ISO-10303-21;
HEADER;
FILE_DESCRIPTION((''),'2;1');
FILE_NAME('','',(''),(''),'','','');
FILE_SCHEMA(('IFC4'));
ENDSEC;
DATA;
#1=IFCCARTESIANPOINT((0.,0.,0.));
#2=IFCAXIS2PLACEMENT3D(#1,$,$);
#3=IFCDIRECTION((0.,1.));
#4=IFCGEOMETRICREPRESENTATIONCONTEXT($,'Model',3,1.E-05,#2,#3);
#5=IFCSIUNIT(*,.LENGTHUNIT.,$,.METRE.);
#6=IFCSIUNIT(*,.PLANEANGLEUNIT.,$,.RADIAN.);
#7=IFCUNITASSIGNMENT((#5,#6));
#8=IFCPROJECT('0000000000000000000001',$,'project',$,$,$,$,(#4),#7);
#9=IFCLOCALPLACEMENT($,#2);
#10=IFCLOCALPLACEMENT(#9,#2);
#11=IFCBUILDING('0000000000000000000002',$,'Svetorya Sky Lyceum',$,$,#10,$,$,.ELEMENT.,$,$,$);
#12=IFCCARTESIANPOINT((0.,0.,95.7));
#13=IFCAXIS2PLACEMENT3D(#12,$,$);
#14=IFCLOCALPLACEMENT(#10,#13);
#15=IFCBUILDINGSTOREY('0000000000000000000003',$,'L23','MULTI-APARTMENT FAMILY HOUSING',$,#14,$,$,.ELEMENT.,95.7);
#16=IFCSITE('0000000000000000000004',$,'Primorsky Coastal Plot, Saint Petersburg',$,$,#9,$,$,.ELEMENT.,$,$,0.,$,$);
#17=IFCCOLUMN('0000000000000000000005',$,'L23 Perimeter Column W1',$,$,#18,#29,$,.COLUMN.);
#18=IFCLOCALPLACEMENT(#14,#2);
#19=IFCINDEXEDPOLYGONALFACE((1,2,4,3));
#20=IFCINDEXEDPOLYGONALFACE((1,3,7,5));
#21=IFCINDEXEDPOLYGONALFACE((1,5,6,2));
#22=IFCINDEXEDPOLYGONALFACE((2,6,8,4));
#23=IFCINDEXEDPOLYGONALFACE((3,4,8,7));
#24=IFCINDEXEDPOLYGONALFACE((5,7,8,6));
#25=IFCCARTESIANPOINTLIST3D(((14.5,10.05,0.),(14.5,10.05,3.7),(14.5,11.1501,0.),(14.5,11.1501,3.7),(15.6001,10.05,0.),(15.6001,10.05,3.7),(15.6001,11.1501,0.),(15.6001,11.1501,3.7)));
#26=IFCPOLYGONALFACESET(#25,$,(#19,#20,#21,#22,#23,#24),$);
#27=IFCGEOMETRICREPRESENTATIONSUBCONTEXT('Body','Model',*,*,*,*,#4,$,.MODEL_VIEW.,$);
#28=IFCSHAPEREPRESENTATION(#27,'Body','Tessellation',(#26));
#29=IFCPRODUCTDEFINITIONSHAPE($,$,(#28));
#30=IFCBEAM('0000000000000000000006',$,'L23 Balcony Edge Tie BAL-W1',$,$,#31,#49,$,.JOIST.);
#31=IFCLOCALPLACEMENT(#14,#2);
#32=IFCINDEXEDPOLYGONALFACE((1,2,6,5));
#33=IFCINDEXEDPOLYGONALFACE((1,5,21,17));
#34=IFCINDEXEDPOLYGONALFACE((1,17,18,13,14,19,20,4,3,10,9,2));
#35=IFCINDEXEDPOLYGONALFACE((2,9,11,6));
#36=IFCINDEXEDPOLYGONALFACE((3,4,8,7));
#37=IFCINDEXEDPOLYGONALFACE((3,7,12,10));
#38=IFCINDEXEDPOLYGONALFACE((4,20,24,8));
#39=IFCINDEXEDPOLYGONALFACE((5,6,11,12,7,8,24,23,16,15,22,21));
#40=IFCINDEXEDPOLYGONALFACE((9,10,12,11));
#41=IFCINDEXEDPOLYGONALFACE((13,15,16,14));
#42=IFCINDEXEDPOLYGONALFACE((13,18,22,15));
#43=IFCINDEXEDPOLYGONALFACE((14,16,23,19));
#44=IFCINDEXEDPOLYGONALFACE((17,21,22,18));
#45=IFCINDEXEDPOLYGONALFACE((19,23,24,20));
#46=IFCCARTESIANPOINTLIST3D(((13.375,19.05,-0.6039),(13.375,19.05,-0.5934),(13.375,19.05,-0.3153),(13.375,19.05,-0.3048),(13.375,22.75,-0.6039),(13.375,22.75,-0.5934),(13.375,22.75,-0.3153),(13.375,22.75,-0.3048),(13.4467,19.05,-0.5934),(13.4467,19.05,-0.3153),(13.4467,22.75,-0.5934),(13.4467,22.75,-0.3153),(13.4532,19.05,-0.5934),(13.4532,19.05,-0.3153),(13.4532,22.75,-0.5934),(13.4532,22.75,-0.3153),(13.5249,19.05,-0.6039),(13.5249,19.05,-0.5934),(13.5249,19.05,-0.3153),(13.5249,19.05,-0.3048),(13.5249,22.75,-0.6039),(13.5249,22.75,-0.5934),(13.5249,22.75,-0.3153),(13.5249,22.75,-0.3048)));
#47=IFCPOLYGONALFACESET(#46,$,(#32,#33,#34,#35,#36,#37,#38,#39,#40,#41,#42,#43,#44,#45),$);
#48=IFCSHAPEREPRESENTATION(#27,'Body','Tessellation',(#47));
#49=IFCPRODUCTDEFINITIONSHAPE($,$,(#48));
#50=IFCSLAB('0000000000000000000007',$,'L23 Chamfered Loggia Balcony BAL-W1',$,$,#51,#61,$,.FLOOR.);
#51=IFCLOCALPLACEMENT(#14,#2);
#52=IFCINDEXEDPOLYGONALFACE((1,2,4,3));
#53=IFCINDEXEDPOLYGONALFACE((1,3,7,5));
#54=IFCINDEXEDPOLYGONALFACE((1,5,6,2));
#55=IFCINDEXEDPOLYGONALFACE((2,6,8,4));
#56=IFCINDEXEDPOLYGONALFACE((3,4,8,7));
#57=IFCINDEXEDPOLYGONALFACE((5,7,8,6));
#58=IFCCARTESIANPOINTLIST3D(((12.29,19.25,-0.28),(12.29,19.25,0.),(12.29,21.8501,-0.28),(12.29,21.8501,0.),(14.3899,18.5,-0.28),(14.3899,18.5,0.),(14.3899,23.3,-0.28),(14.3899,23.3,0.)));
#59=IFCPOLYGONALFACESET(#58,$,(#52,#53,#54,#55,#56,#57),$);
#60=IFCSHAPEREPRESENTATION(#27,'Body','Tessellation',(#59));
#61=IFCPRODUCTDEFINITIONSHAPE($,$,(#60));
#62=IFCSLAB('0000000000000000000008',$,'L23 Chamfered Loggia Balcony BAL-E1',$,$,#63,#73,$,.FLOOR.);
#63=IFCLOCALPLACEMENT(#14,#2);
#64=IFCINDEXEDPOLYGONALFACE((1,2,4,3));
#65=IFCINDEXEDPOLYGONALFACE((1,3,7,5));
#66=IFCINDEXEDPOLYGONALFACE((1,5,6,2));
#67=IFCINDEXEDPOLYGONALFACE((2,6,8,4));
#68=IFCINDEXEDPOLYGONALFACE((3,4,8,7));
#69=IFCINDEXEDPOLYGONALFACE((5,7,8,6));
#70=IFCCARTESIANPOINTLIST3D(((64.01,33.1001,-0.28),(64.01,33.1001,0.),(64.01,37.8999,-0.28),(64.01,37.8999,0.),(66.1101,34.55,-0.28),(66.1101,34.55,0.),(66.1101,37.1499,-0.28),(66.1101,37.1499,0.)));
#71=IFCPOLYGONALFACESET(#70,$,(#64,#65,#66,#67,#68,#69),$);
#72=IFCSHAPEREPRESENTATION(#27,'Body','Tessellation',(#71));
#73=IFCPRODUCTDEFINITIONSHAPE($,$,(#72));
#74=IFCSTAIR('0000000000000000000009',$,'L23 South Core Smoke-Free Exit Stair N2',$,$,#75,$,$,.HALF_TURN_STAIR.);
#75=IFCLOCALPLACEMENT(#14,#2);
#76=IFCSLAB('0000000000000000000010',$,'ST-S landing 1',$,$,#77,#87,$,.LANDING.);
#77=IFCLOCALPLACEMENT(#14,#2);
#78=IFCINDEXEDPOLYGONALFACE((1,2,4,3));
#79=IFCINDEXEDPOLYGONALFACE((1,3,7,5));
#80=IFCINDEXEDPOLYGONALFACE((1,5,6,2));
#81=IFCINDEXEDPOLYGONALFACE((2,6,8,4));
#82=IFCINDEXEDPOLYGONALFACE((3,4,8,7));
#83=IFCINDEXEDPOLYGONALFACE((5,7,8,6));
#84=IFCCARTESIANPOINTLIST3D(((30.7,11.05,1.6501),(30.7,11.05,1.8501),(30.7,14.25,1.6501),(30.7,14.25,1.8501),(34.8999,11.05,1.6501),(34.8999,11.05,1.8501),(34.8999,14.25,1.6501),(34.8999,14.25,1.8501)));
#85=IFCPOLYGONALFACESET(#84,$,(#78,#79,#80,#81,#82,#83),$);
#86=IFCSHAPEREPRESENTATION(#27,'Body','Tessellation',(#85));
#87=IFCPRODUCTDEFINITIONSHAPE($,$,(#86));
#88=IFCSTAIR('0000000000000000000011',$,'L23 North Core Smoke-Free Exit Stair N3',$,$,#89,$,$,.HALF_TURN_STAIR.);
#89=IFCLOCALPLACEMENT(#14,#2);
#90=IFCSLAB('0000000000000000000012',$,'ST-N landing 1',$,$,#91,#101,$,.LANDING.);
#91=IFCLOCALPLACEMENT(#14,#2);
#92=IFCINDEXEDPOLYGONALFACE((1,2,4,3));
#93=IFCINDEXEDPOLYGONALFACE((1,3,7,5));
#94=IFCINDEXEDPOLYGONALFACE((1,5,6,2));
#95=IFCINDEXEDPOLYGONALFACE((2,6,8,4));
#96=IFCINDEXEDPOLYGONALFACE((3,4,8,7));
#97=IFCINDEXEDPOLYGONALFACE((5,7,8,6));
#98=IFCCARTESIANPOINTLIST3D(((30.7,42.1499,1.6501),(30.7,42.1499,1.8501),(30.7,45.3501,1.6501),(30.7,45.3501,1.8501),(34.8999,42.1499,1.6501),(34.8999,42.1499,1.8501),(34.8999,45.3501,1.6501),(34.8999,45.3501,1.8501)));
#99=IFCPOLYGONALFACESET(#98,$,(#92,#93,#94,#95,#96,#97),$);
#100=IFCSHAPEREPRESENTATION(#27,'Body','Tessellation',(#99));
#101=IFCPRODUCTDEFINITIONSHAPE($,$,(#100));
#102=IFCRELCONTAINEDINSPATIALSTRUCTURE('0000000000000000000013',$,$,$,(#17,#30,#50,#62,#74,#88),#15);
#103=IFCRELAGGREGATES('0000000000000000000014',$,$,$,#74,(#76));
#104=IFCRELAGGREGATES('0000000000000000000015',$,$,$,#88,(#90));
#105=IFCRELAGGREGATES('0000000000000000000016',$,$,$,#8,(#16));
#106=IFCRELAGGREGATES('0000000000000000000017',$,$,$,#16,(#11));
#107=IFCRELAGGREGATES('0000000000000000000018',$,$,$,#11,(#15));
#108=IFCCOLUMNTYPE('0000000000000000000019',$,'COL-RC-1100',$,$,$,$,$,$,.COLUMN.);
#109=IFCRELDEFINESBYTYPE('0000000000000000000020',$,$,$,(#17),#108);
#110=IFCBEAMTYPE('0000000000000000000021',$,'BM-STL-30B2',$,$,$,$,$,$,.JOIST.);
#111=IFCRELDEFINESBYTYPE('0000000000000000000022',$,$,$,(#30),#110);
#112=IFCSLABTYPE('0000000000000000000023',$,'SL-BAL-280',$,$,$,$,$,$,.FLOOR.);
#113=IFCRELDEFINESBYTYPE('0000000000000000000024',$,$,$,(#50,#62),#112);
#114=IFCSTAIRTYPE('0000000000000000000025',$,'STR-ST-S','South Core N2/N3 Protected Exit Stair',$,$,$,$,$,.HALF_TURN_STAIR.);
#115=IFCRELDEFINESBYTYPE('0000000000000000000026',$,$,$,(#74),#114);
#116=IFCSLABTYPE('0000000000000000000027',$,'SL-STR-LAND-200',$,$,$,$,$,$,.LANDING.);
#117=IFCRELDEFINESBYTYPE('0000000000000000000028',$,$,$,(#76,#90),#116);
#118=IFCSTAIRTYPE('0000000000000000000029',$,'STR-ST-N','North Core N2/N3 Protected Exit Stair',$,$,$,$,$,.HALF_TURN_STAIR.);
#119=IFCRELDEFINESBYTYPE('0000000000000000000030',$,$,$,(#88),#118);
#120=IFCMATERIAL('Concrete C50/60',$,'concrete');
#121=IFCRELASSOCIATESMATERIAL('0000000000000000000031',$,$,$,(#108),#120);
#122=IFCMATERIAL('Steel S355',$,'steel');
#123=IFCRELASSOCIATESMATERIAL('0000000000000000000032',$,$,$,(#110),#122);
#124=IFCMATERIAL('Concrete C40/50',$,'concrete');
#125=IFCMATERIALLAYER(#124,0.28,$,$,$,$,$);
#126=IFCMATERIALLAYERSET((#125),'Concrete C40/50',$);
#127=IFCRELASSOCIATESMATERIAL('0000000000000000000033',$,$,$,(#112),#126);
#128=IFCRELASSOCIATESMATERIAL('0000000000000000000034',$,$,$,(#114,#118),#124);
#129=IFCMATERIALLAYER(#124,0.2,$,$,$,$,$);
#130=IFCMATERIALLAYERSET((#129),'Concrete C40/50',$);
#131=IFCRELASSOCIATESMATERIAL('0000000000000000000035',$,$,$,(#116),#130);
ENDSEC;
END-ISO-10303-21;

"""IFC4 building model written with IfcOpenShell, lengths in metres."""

from ifc_helpers import new_model, si_unit, direction, frame, origin, origin_2d, place, context, subcontext, project, spatial, polyline, rectangle, i_section, outline, extrude, material, layer, layer_set, material_profile, profile_set, type_object, element, aggregate, save


model = new_model("IFC4")

# Units and contexts
model_context = context("Model", 3, precision=1e-05, world=origin(), true_north=direction((0.0, 1.0)))
body_context = subcontext(model_context, "Body", "Model", "MODEL_VIEW")
ifc_project = project(units=[si_unit("LENGTHUNIT", "METRE"), si_unit("PLANEANGLEUNIT", "RADIAN")], contexts=[model_context])

# Site, building, storey
site_placement = place(None, origin())
site = spatial("IfcSite", under=ifc_project, at=site_placement, Name="Primorsky Coastal Plot, Saint Petersburg", CompositionType="ELEMENT", RefElevation=0.0)
building_placement = place(site_placement, origin())
building = spatial("IfcBuilding", under=site, at=building_placement, Name="Svetorya Sky Lyceum", CompositionType="ELEMENT")
storey_placement = place(building_placement, frame((0.0, 0.0, 95.7)))
storey = spatial("IfcBuildingStorey", under=building, at=storey_placement, Name="L23", Description="MULTI-APARTMENT FAMILY HOUSING", CompositionType="ELEMENT", Elevation=95.7)

# Column
ifc_material_1 = material(Name="Concrete C50/60", Category="concrete")
ifc_material_profile_1 = material_profile(ifc_material_1, rectangle(XDim=1.1001, YDim=1.1001, at=origin_2d()), Name="RC COL 1100x1100")
ifc_profile_set_1 = profile_set([ifc_material_profile_1], Name="Concrete C50/60")
column_type = type_object("IfcColumnType", Name="COL-RC-1100", PredefinedType="COLUMN", material=ifc_profile_set_1)
column_placement = place(storey_placement, frame((15.05, 10.6001, 0.0), z_axis=(0.0, 0.0, 1.0), x_axis=(1.0, 0.0, 0.0)))
element("IfcColumn", 1, at=column_placement, inside=storey, type_object=column_type, Name="L23 Perimeter Column W1", PredefinedType="COLUMN", context=body_context, shape_type="SweptSolid", body=[
    extrude(rectangle(XDim=1.1001, YDim=1.1001, at=origin_2d()), origin(), (0.0, 0.0, 1.0), 3.7),
])

# Beam
ifc_material_2 = material(Name="Steel S355", Category="steel")
ifc_material_profile_2 = material_profile(ifc_material_2, i_section(OverallWidth=0.1499, OverallDepth=0.2991, WebThickness=0.0066, FlangeThickness=0.0105, at=origin_2d()), Name="GOST 30B2")
ifc_profile_set_2 = profile_set([ifc_material_profile_2], Name="Steel S355")
beam_type = type_object("IfcBeamType", Name="BM-STL-30B2", PredefinedType="JOIST", material=ifc_profile_set_2)
beam_placement = place(storey_placement, frame((13.45, 19.05, -0.4543), z_axis=(0.0, 1.0, 0.0), x_axis=(-1.0, 0.0, 0.0)))
element("IfcBeam", 2, at=beam_placement, inside=storey, type_object=beam_type, Name="L23 Balcony Edge Tie BAL-W1", PredefinedType="JOIST", context=body_context, shape_type="SweptSolid", body=[
    extrude(i_section(OverallWidth=0.1499, OverallDepth=0.2991, WebThickness=0.0066, FlangeThickness=0.0105, at=origin_2d()), origin(), (0.0, 0.0, 1.0), 3.7),
])

# Slabs
ifc_material_3 = material(Name="Concrete C40/50", Category="concrete")
ifc_layer_1 = layer(ifc_material_3, 0.28)
ifc_layer_set_1 = layer_set([ifc_layer_1], Name="Concrete C40/50")
slab_type_1 = type_object("IfcSlabType", Name="SL-BAL-280", PredefinedType="FLOOR", material=ifc_layer_set_1)
slab_1_placement = place(storey_placement, frame((0.0, 0.0, -0.28)))
element("IfcSlab", 3, at=slab_1_placement, inside=storey, type_object=slab_type_1, Name="L23 Chamfered Loggia Balcony BAL-W1", PredefinedType="FLOOR", context=body_context, shape_type="SweptSolid", body=[
    extrude(outline(polyline([(14.3899, 18.5), (14.3899, 23.3), (12.29, 21.8501), (12.29, 19.25), (14.3899, 18.5)])), origin(), (0.0, 0.0, 1.0), 0.28),
])
slab_2_placement = place(storey_placement, frame((0.0, 0.0, -0.28)))
element("IfcSlab", 4, at=slab_2_placement, inside=storey, type_object=slab_type_1, Name="L23 Chamfered Loggia Balcony BAL-E1", PredefinedType="FLOOR", context=body_context, shape_type="SweptSolid", body=[
    extrude(outline(polyline([(64.01, 33.1001), (66.1101, 34.55), (66.1101, 37.1499), (64.01, 37.8999), (64.01, 33.1001)])), origin(), (0.0, 0.0, 1.0), 0.28),
])

# Stairs, slabs
stair_type_1 = type_object("IfcStairType", Name="STR-ST-S", Description="South Core N2/N3 Protected Exit Stair", PredefinedType="HALF_TURN_STAIR", material=ifc_material_3)
stair_1_placement = place(storey_placement, origin())
stair_1 = element("IfcStair", 5, at=stair_1_placement, inside=storey, type_object=stair_type_1, Name="L23 South Core Smoke-Free Exit Stair N2", PredefinedType="HALF_TURN_STAIR")
ifc_layer_2 = layer(ifc_material_3, 0.2)
ifc_layer_set_2 = layer_set([ifc_layer_2], Name="Concrete C40/50")
slab_type_2 = type_object("IfcSlabType", Name="SL-STR-LAND-200", PredefinedType="LANDING", material=ifc_layer_set_2)
slab_3_placement = place(storey_placement, frame((0.0, 0.0, 1.6501)))
slab_3 = element("IfcSlab", 6, at=slab_3_placement, type_object=slab_type_2, Name="ST-S landing 1", PredefinedType="LANDING", context=body_context, shape_type="SweptSolid", body=[
    extrude(outline(polyline([(30.7, 11.05), (34.8999, 11.05), (34.8999, 14.25), (30.7, 14.25), (30.7, 11.05)])), origin(), (0.0, 0.0, 1.0), 0.2),
])
aggregate(stair_1, [slab_3])
stair_type_2 = type_object("IfcStairType", Name="STR-ST-N", Description="North Core N2/N3 Protected Exit Stair", PredefinedType="HALF_TURN_STAIR", material=ifc_material_3)
stair_2_placement = place(storey_placement, origin())
stair_2 = element("IfcStair", 7, at=stair_2_placement, inside=storey, type_object=stair_type_2, Name="L23 North Core Smoke-Free Exit Stair N3", PredefinedType="HALF_TURN_STAIR")
slab_4_placement = place(storey_placement, frame((0.0, 0.0, 1.6501)))
slab_4 = element("IfcSlab", 8, at=slab_4_placement, type_object=slab_type_2, Name="ST-N landing 1", PredefinedType="LANDING", context=body_context, shape_type="SweptSolid", body=[
    extrude(outline(polyline([(30.7, 42.1499), (34.8999, 42.1499), (34.8999, 45.3501), (30.7, 45.3501), (30.7, 42.1499)])), origin(), (0.0, 0.0, 1.0), 0.2),
])
aggregate(stair_2, [slab_4])

save(model, "model.ifc")
